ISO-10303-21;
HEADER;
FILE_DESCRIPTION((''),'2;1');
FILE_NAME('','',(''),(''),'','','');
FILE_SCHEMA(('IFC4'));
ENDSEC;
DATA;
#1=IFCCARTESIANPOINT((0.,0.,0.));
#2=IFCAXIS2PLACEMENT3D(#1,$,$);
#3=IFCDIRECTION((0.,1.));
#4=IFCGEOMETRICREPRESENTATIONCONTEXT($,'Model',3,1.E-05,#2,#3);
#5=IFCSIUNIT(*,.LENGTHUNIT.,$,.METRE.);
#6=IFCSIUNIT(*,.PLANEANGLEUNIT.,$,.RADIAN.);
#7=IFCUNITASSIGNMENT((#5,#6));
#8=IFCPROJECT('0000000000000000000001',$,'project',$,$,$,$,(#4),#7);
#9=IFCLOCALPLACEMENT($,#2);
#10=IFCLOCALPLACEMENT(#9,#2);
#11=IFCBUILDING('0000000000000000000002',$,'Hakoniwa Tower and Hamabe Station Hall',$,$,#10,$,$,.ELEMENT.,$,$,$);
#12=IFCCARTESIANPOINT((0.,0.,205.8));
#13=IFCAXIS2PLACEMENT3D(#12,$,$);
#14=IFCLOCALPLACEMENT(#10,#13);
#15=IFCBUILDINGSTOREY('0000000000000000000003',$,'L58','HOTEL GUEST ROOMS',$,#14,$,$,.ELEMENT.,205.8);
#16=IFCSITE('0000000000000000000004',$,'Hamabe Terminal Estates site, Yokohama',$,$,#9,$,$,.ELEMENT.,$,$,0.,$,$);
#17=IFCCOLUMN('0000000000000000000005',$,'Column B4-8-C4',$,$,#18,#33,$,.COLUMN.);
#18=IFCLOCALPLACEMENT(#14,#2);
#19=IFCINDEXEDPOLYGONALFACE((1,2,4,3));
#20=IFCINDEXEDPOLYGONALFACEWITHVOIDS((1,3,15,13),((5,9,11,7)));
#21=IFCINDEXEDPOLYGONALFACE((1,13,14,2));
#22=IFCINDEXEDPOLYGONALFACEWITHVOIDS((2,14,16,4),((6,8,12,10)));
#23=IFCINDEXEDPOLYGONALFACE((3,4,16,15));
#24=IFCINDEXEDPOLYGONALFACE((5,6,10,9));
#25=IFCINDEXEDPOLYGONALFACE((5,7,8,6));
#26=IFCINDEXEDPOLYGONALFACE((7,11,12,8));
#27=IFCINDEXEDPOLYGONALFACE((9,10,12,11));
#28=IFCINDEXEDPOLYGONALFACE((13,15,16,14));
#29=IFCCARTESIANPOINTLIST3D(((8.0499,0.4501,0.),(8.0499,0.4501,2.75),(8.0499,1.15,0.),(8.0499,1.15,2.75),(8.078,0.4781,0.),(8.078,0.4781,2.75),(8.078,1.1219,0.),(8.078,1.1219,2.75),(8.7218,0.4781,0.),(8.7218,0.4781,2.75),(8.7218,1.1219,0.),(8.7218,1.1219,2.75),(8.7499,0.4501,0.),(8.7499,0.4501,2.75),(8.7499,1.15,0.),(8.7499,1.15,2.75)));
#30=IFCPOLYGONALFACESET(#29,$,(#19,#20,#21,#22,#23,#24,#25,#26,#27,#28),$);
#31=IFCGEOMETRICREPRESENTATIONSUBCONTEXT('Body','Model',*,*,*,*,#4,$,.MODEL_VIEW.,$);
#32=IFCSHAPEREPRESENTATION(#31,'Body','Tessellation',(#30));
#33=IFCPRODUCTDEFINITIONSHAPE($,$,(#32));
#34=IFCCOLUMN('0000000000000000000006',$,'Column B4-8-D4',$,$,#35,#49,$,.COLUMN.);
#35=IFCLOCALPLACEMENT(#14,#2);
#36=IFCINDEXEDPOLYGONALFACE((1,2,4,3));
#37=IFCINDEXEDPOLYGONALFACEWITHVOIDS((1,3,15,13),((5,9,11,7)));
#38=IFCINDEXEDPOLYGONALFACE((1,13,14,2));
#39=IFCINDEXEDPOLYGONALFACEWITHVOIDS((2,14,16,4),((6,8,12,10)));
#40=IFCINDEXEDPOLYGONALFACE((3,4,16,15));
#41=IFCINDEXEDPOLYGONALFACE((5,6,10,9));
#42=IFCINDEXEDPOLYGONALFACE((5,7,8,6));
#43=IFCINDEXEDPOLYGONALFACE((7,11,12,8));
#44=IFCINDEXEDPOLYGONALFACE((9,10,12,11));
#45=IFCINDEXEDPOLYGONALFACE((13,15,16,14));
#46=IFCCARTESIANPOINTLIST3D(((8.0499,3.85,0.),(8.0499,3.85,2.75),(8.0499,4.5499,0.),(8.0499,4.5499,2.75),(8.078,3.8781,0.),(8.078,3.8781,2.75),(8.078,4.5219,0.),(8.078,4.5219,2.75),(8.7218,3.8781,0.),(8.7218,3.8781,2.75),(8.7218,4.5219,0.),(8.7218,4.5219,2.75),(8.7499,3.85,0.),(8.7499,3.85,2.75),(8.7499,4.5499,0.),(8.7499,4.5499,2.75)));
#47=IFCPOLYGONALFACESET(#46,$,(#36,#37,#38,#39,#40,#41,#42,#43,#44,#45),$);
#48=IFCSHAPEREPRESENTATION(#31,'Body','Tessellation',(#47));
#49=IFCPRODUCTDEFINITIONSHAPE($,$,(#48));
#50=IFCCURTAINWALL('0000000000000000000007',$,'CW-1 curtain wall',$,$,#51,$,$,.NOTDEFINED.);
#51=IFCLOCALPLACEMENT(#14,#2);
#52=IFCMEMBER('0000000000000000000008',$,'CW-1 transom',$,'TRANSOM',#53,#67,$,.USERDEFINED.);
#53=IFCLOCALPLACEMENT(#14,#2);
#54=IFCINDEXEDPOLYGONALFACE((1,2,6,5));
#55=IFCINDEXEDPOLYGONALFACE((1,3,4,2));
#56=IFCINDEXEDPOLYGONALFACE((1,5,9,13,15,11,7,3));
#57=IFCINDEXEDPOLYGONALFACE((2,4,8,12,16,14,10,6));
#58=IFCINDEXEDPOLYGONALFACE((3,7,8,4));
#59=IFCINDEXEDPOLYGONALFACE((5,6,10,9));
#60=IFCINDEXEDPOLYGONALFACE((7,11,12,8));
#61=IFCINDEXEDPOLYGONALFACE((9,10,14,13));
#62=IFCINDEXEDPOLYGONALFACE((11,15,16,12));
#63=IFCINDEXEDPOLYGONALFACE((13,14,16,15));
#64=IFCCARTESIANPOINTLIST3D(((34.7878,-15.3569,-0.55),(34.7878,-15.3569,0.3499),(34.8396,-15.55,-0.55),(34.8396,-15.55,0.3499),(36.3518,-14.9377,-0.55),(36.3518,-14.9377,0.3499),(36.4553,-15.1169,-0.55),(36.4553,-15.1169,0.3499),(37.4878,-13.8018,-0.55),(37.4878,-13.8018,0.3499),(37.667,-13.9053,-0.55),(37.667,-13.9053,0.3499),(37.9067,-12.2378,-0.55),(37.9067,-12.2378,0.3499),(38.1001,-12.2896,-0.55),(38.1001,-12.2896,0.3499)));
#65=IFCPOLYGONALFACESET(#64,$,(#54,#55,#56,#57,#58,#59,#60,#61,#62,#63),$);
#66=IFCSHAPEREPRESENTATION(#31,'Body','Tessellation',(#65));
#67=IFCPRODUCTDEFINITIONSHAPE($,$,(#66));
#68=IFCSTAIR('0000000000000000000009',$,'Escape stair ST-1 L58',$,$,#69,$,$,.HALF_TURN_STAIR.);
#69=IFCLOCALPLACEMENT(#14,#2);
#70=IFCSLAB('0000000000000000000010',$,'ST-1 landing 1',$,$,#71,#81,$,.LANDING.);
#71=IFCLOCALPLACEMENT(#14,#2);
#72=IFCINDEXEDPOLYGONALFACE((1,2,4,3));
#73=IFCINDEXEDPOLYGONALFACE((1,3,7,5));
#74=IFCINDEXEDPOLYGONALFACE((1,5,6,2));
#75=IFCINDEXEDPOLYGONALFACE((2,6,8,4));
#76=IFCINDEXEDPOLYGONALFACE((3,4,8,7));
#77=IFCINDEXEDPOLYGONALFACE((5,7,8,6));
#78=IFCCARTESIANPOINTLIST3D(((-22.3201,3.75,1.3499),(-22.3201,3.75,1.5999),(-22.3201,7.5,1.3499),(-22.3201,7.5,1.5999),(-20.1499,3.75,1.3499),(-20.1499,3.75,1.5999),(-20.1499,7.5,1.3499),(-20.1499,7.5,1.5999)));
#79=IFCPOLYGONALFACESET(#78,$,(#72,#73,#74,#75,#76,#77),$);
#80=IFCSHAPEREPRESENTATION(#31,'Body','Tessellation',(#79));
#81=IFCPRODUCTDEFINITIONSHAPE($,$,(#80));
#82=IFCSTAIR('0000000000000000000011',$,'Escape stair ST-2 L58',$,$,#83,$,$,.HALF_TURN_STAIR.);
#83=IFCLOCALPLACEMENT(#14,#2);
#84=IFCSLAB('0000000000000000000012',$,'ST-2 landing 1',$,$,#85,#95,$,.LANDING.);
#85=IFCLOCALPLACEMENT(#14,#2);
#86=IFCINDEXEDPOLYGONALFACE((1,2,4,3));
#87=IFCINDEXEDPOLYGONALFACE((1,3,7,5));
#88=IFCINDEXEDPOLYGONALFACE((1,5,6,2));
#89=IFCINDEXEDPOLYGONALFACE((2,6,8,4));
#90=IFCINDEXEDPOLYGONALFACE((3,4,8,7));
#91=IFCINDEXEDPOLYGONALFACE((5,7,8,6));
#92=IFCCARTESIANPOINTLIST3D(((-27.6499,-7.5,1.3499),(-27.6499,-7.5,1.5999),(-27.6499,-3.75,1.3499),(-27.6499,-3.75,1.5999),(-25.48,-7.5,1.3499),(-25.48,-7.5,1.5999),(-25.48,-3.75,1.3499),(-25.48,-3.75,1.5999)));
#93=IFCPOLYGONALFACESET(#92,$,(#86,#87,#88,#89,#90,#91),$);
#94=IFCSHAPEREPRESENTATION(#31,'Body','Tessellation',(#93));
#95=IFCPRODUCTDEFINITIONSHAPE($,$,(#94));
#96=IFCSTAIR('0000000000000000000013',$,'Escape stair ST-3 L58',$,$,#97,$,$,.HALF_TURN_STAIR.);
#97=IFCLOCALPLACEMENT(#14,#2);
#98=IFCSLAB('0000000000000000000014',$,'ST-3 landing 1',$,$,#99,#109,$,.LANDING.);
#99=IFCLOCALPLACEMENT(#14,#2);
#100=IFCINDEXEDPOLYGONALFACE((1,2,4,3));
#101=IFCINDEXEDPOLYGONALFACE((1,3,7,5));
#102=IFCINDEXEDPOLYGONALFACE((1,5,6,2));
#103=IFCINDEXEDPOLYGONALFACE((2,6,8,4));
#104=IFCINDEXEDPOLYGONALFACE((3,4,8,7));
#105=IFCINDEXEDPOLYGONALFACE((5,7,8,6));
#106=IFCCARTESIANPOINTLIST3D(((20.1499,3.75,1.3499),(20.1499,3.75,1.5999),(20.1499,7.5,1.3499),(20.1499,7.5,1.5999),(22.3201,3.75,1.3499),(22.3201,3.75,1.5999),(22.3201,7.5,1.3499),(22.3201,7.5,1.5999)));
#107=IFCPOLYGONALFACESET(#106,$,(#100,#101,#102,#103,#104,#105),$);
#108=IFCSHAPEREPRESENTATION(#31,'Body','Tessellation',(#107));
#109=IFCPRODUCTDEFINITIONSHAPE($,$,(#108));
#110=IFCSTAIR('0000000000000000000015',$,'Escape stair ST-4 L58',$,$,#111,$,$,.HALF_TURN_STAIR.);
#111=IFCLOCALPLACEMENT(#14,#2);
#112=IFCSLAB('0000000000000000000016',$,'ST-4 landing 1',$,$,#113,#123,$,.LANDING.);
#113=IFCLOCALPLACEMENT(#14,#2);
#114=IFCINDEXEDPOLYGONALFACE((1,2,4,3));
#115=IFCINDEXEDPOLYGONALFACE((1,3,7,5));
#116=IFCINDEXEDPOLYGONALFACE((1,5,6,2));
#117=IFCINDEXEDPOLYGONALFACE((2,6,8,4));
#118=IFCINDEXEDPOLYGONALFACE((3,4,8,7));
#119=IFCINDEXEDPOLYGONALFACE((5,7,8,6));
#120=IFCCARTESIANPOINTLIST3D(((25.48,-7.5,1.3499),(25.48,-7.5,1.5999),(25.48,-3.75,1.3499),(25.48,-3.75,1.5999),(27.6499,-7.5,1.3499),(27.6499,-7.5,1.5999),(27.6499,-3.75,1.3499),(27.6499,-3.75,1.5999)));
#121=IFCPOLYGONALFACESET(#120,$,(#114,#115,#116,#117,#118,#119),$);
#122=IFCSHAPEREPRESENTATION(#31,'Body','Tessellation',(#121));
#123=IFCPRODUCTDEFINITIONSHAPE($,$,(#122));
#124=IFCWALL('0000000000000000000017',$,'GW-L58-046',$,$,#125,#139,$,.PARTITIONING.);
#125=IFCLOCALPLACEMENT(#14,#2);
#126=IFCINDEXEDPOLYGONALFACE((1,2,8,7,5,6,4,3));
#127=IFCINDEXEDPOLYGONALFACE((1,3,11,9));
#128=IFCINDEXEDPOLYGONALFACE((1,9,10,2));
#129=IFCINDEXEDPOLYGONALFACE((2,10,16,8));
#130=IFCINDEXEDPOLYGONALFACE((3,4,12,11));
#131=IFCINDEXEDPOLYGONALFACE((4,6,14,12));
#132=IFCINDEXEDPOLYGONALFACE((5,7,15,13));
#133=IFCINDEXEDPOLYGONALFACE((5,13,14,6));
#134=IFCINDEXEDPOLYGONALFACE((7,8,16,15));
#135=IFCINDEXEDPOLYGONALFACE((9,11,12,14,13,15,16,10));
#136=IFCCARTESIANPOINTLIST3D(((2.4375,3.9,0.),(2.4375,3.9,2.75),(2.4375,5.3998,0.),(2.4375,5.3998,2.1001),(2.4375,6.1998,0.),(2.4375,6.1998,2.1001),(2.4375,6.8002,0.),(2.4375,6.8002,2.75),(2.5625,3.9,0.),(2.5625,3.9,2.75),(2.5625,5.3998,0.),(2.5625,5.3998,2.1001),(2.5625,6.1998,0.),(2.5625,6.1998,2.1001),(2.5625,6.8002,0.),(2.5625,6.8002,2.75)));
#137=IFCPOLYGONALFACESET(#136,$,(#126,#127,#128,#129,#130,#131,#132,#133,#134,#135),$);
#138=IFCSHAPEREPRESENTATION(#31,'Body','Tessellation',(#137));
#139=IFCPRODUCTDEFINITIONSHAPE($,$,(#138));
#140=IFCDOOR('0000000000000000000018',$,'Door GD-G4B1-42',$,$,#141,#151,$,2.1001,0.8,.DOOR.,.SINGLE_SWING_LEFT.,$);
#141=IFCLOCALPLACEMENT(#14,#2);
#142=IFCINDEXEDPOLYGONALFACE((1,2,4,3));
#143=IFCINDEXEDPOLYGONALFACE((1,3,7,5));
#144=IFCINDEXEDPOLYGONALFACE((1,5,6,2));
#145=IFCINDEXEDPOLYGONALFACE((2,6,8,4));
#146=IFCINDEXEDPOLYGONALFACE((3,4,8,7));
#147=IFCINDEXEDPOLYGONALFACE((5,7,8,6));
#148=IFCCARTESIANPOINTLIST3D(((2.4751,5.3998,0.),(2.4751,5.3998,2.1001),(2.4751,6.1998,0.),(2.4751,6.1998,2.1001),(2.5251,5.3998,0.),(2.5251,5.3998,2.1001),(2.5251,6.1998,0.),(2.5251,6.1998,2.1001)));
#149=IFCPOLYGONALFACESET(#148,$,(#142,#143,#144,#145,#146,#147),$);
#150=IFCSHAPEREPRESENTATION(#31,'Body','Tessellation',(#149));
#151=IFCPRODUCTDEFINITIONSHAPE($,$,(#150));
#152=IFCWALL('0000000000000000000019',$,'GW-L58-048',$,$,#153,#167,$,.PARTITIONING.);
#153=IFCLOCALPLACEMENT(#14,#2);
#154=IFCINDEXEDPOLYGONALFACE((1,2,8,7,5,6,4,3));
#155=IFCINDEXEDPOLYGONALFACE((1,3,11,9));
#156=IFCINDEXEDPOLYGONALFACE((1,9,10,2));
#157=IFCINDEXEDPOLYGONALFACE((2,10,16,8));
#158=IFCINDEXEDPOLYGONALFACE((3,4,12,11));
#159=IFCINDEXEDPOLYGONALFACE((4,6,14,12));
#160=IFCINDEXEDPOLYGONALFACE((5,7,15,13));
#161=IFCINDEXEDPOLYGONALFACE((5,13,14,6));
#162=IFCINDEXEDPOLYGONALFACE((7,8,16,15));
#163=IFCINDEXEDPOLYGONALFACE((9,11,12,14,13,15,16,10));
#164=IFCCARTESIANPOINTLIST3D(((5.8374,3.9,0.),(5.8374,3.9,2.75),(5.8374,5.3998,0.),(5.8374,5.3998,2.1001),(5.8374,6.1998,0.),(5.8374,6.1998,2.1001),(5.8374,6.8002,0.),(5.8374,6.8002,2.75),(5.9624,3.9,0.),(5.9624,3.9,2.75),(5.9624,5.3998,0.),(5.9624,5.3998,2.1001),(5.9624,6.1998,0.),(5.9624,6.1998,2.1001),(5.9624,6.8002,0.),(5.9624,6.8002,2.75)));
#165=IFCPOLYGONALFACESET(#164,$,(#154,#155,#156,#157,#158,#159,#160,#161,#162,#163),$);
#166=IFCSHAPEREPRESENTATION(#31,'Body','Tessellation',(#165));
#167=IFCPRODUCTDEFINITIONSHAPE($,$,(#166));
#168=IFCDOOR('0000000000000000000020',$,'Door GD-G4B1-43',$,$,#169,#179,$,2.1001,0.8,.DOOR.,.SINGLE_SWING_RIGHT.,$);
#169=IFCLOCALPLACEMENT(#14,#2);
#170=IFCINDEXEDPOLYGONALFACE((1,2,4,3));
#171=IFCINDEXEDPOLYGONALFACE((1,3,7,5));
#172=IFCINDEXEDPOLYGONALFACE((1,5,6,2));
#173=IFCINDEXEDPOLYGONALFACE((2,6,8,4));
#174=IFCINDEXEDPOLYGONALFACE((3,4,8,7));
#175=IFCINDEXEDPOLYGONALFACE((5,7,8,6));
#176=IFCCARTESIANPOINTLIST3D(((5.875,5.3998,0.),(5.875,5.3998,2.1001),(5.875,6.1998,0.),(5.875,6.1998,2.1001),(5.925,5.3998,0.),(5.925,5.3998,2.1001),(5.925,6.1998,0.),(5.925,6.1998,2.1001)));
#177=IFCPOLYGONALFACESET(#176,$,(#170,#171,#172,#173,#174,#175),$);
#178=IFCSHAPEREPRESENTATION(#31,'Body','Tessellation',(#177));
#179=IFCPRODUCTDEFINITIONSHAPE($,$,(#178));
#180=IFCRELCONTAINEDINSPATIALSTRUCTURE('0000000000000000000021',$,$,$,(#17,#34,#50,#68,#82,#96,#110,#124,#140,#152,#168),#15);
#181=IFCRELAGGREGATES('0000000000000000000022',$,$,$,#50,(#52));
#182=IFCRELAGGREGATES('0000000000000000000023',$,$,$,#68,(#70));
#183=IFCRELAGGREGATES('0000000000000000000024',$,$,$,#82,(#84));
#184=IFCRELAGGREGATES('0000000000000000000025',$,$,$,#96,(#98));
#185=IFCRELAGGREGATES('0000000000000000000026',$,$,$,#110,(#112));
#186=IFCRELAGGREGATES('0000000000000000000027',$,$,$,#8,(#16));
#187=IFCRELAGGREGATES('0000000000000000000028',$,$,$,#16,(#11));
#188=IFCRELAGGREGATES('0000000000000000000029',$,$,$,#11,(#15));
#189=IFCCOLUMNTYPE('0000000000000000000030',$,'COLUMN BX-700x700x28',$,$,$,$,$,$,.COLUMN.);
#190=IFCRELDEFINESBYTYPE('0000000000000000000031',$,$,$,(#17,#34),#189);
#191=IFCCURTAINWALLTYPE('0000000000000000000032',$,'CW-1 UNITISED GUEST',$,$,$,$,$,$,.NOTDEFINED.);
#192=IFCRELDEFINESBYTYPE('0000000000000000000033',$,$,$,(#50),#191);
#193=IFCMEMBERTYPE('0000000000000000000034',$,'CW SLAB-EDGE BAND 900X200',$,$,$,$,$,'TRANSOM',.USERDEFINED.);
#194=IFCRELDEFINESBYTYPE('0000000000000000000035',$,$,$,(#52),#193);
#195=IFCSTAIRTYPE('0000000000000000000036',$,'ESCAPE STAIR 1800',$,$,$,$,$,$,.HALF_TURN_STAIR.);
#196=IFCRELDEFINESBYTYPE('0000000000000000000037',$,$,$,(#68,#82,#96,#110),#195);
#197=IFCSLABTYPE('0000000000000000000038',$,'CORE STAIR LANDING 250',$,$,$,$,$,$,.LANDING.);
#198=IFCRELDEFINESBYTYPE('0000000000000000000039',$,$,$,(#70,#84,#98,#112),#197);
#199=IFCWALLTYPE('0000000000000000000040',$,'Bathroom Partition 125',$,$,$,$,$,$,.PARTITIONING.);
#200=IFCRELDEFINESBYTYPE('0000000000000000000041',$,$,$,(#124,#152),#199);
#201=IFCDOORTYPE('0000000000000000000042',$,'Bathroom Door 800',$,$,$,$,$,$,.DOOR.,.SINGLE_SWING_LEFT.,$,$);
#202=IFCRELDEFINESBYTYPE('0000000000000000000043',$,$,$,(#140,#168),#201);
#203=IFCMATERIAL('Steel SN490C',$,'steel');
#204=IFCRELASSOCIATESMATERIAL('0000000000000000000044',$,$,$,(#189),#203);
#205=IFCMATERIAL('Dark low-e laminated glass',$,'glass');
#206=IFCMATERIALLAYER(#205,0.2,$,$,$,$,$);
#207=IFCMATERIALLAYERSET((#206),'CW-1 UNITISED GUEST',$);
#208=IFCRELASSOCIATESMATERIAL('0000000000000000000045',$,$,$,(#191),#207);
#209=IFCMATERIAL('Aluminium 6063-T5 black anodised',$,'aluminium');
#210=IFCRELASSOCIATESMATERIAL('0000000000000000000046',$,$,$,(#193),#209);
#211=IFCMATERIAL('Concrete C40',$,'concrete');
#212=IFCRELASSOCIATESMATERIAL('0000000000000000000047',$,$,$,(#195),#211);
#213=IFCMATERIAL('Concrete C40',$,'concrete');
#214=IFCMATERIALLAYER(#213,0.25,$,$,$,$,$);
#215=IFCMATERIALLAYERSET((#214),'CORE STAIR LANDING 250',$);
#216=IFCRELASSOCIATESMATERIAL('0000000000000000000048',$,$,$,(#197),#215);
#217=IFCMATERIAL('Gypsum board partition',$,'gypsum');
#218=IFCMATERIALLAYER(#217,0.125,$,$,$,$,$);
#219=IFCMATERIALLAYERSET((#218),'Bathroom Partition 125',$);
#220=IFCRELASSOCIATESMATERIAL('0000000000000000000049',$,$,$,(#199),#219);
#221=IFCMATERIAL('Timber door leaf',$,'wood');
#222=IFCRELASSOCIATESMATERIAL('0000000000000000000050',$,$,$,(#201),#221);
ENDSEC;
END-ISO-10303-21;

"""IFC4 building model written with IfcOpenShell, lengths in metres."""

from ifc_helpers import new_model, si_unit, direction, frame, frame_2d, origin, origin_2d, place, context, subcontext, project, spatial, polyline, rectangle, hollow_rectangle, outline, extrude, material, layer, layer_set, material_profile, profile_set, type_object, element, fill, aggregate, save


model = new_model("IFC4")

# Units and contexts
model_context = context("Model", 3, precision=1e-05, world=origin(), true_north=direction((0.0, 1.0)))
body_context = subcontext(model_context, "Body", "Model", "MODEL_VIEW")
ifc_project = project(units=[si_unit("LENGTHUNIT", "METRE"), si_unit("PLANEANGLEUNIT", "RADIAN")], contexts=[model_context])

# Site, building, storey
site_placement = place(None, origin())
site = spatial("IfcSite", under=ifc_project, at=site_placement, Name="Hamabe Terminal Estates site, Yokohama", CompositionType="ELEMENT", RefElevation=0.0)
building_placement = place(site_placement, origin())
building = spatial("IfcBuilding", under=site, at=building_placement, Name="Hakoniwa Tower and Hamabe Station Hall", CompositionType="ELEMENT")
storey_placement = place(building_placement, frame((0.0, 0.0, 205.8)))
storey = spatial("IfcBuildingStorey", under=building, at=storey_placement, Name="L58", Description="HOTEL GUEST ROOMS", CompositionType="ELEMENT", Elevation=205.8)

# Columns
ifc_material_1 = material(Name="Steel SN490C", Category="steel")
ifc_material_profile_1 = material_profile(ifc_material_1, hollow_rectangle(XDim=0.7, YDim=0.7, WallThickness=0.0281, at=origin_2d()), Name="BX-700x700x28")
ifc_profile_set_1 = profile_set([ifc_material_profile_1], Name="Steel SN490C")
column_type = type_object("IfcColumnType", Name="COLUMN BX-700x700x28", PredefinedType="COLUMN", material=ifc_profile_set_1)
for number, where, z_axis, x_axis, name in (
    (1, (8.3999, 0.8, 0.0), (0.0, 0.0, 1.0), (1.0, 0.0, 0.0), "Column B4-8-C4"),
    (2, (8.3999, 4.2, 0.0), (0.0, 0.0, 1.0), (1.0, 0.0, 0.0), "Column B4-8-D4"),
):
    element("IfcColumn", number, at=place(storey_placement, frame(where, z_axis=z_axis, x_axis=x_axis)), inside=storey, type_object=column_type, Name=name, PredefinedType="COLUMN", context=body_context, shape_type="SweptSolid", body=[
        extrude(hollow_rectangle(XDim=0.7, YDim=0.7, WallThickness=0.0281, at=origin_2d()), origin(), (0.0, 0.0, 1.0), 2.75),
    ])

# Curtain wall, member
ifc_material_2 = material(Name="Dark low-e laminated glass", Category="glass")
ifc_layer_1 = layer(ifc_material_2, 0.2)
ifc_layer_set_1 = layer_set([ifc_layer_1], Name="CW-1 UNITISED GUEST")
curtain_wall_type = type_object("IfcCurtainWallType", Name="CW-1 UNITISED GUEST", PredefinedType="NOTDEFINED", material=ifc_layer_set_1)
curtain_wall_placement = place(storey_placement, origin())
curtain_wall = element("IfcCurtainWall", 3, at=curtain_wall_placement, inside=storey, type_object=curtain_wall_type, Name="CW-1 curtain wall", PredefinedType="NOTDEFINED")
ifc_material_3 = material(Name="Aluminium 6063-T5 black anodised", Category="aluminium")
ifc_material_profile_2 = material_profile(ifc_material_3, rectangle(XDim=0.2, YDim=0.8999, at=origin_2d()), Name="CW SLAB-EDGE BAND 900X200")
ifc_profile_set_2 = profile_set([ifc_material_profile_2], Name="Aluminium 6063-T5 black anodised")
member_type = type_object("IfcMemberType", Name="CW SLAB-EDGE BAND 900X200", ElementType="TRANSOM", PredefinedType="USERDEFINED", material=ifc_profile_set_2)
member_placement = place(storey_placement, frame((0.0, 0.0, -0.55)))
member = element("IfcMember", 4, at=member_placement, type_object=member_type, Name="CW-1 transom", ObjectType="TRANSOM", PredefinedType="USERDEFINED", context=body_context, shape_type="SweptSolid", body=[
    extrude(outline(polyline([(34.8396, -15.55), (36.4553, -15.1169), (37.667, -13.9053), (38.1001, -12.2896), (37.9067, -12.2378), (37.4878, -13.8018), (36.3518, -14.9377), (34.7878, -15.3569), (34.8396, -15.55)])), origin(), (0.0, 0.0, 1.0), 0.8999),
])
aggregate(curtain_wall, [member])

# Stairs, slabs
ifc_material_4 = material(Name="Concrete C40", Category="concrete")
stair_type = type_object("IfcStairType", Name="ESCAPE STAIR 1800", PredefinedType="HALF_TURN_STAIR", material=ifc_material_4)
stair_1_placement = place(storey_placement, origin())
stair_1 = element("IfcStair", 5, at=stair_1_placement, inside=storey, type_object=stair_type, Name="Escape stair ST-1 L58", PredefinedType="HALF_TURN_STAIR")
ifc_material_5 = material(Name="Concrete C40", Category="concrete")
ifc_layer_2 = layer(ifc_material_5, 0.25)
ifc_layer_set_2 = layer_set([ifc_layer_2], Name="CORE STAIR LANDING 250")
slab_type = type_object("IfcSlabType", Name="CORE STAIR LANDING 250", PredefinedType="LANDING", material=ifc_layer_set_2)
slab_1_placement = place(storey_placement, frame((0.0, 0.0, 1.3499)))
slab_1 = element("IfcSlab", 6, at=slab_1_placement, type_object=slab_type, Name="ST-1 landing 1", PredefinedType="LANDING", context=body_context, shape_type="SweptSolid", body=[
    extrude(outline(polyline([(-22.3201, 3.75), (-20.1499, 3.75), (-20.1499, 7.5), (-22.3201, 7.5), (-22.3201, 3.75)])), origin(), (0.0, 0.0, 1.0), 0.25),
])
aggregate(stair_1, [slab_1])
stair_2_placement = place(storey_placement, origin())
stair_2 = element("IfcStair", 7, at=stair_2_placement, inside=storey, type_object=stair_type, Name="Escape stair ST-2 L58", PredefinedType="HALF_TURN_STAIR")
slab_2_placement = place(storey_placement, frame((0.0, 0.0, 1.3499)))
slab_2 = element("IfcSlab", 8, at=slab_2_placement, type_object=slab_type, Name="ST-2 landing 1", PredefinedType="LANDING", context=body_context, shape_type="SweptSolid", body=[
    extrude(outline(polyline([(-25.48, -7.5), (-27.6499, -7.5), (-27.6499, -3.75), (-25.48, -3.75), (-25.48, -7.5)])), origin(), (0.0, 0.0, 1.0), 0.25),
])
aggregate(stair_2, [slab_2])
stair_3_placement = place(storey_placement, origin())
stair_3 = element("IfcStair", 9, at=stair_3_placement, inside=storey, type_object=stair_type, Name="Escape stair ST-3 L58", PredefinedType="HALF_TURN_STAIR")
slab_3_placement = place(storey_placement, frame((0.0, 0.0, 1.3499)))
slab_3 = element("IfcSlab", 10, at=slab_3_placement, type_object=slab_type, Name="ST-3 landing 1", PredefinedType="LANDING", context=body_context, shape_type="SweptSolid", body=[
    extrude(outline(polyline([(22.3201, 3.75), (20.1499, 3.75), (20.1499, 7.5), (22.3201, 7.5), (22.3201, 3.75)])), origin(), (0.0, 0.0, 1.0), 0.25),
])
aggregate(stair_3, [slab_3])
stair_4_placement = place(storey_placement, origin())
stair_4 = element("IfcStair", 11, at=stair_4_placement, inside=storey, type_object=stair_type, Name="Escape stair ST-4 L58", PredefinedType="HALF_TURN_STAIR")
slab_4_placement = place(storey_placement, frame((0.0, 0.0, 1.3499)))
slab_4 = element("IfcSlab", 12, at=slab_4_placement, type_object=slab_type, Name="ST-4 landing 1", PredefinedType="LANDING", context=body_context, shape_type="SweptSolid", body=[
    extrude(outline(polyline([(25.48, -7.5), (27.6499, -7.5), (27.6499, -3.75), (25.48, -3.75), (25.48, -7.5)])), origin(), (0.0, 0.0, 1.0), 0.25),
])
aggregate(stair_4, [slab_4])

# Walls, openings, doors
ifc_material_6 = material(Name="Gypsum board partition", Category="gypsum")
ifc_layer_3 = layer(ifc_material_6, 0.125)
ifc_layer_set_3 = layer_set([ifc_layer_3], Name="Bathroom Partition 125")
wall_type_1 = type_object("IfcWallType", Name="Bathroom Partition 125", PredefinedType="PARTITIONING", material=ifc_layer_set_3)
wall_1_placement = place(storey_placement, frame((2.5, 3.8999, 0.0), z_axis=(0.0, 0.0, 1.0), x_axis=(0.0, 1.0, 0.0)))
wall_1 = element("IfcWall", 13, at=wall_1_placement, inside=storey, type_object=wall_type_1, Name="GW-L58-046", PredefinedType="PARTITIONING", context=body_context, shape_type="SweptSolid", body=[
    extrude(rectangle(XDim=2.9001, YDim=0.125, at=frame_2d((1.4502, 0.0))), origin(), (0.0, 0.0, 1.0), 2.75),
])
opening_1_placement = place(wall_1_placement, frame((1.5, 0.0, 0.0)))
opening_1 = element("IfcOpeningElement", 14, at=opening_1_placement, cuts=wall_1, PredefinedType="OPENING", context=body_context, shape_type="SweptSolid", body=[
    extrude(rectangle(XDim=0.8, YDim=2.1001, at=frame_2d((0.3999, 1.05))), frame((0.0, 0.0725, 0.0), z_axis=(0.0, -1.0, 0.0), x_axis=(1.0, 0.0, 0.0)), (0.0, 0.0, 1.0), 0.145),
])
ifc_material_7 = material(Name="Timber door leaf", Category="wood")
door_type = type_object("IfcDoorType", Name="Bathroom Door 800", OperationType="SINGLE_SWING_LEFT", PredefinedType="DOOR", material=ifc_material_7)
door_1_placement = place(opening_1_placement, origin())
door_1 = element("IfcDoor", 15, at=door_1_placement, inside=storey, type_object=door_type, Name="Door GD-G4B1-42", OperationType="SINGLE_SWING_LEFT", OverallHeight=2.1001, OverallWidth=0.8, PredefinedType="DOOR", context=body_context, shape_type="SweptSolid", body=[
    extrude(rectangle(XDim=0.8, YDim=2.1001, at=frame_2d((0.3999, 1.05))), frame((0.0, 0.0249, 0.0), z_axis=(0.0, -1.0, 0.0), x_axis=(1.0, 0.0, 0.0)), (0.0, 0.0, 1.0), 0.05),
])
fill(opening_1, door_1)
wall_2_placement = place(storey_placement, frame((5.8999, 3.8999, 0.0), z_axis=(0.0, 0.0, 1.0), x_axis=(0.0, 1.0, 0.0)))
wall_2 = element("IfcWall", 16, at=wall_2_placement, inside=storey, type_object=wall_type_1, Name="GW-L58-048", PredefinedType="PARTITIONING", context=body_context, shape_type="SweptSolid", body=[
    extrude(rectangle(XDim=2.9001, YDim=0.125, at=frame_2d((1.4502, 0.0))), origin(), (0.0, 0.0, 1.0), 2.75),
])
opening_2_placement = place(wall_2_placement, frame((1.5, 0.0, 0.0)))
opening_2 = element("IfcOpeningElement", 17, at=opening_2_placement, cuts=wall_2, PredefinedType="OPENING", context=body_context, shape_type="SweptSolid", body=[
    extrude(rectangle(XDim=0.8, YDim=2.1001, at=frame_2d((0.3999, 1.05))), frame((0.0, 0.0725, 0.0), z_axis=(0.0, -1.0, 0.0), x_axis=(1.0, 0.0, 0.0)), (0.0, 0.0, 1.0), 0.145),
])
door_2_placement = place(opening_2_placement, origin())
door_2 = element("IfcDoor", 18, at=door_2_placement, inside=storey, type_object=door_type, Name="Door GD-G4B1-43", OperationType="SINGLE_SWING_RIGHT", OverallHeight=2.1001, OverallWidth=0.8, PredefinedType="DOOR", context=body_context, shape_type="SweptSolid", body=[
    extrude(rectangle(XDim=0.8, YDim=2.1001, at=frame_2d((0.3999, 1.05))), frame((0.0, 0.0249, 0.0), z_axis=(0.0, -1.0, 0.0), x_axis=(1.0, 0.0, 0.0)), (0.0, 0.0, 1.0), 0.05),
])
fill(opening_2, door_2)

save(model, "model.ifc")
